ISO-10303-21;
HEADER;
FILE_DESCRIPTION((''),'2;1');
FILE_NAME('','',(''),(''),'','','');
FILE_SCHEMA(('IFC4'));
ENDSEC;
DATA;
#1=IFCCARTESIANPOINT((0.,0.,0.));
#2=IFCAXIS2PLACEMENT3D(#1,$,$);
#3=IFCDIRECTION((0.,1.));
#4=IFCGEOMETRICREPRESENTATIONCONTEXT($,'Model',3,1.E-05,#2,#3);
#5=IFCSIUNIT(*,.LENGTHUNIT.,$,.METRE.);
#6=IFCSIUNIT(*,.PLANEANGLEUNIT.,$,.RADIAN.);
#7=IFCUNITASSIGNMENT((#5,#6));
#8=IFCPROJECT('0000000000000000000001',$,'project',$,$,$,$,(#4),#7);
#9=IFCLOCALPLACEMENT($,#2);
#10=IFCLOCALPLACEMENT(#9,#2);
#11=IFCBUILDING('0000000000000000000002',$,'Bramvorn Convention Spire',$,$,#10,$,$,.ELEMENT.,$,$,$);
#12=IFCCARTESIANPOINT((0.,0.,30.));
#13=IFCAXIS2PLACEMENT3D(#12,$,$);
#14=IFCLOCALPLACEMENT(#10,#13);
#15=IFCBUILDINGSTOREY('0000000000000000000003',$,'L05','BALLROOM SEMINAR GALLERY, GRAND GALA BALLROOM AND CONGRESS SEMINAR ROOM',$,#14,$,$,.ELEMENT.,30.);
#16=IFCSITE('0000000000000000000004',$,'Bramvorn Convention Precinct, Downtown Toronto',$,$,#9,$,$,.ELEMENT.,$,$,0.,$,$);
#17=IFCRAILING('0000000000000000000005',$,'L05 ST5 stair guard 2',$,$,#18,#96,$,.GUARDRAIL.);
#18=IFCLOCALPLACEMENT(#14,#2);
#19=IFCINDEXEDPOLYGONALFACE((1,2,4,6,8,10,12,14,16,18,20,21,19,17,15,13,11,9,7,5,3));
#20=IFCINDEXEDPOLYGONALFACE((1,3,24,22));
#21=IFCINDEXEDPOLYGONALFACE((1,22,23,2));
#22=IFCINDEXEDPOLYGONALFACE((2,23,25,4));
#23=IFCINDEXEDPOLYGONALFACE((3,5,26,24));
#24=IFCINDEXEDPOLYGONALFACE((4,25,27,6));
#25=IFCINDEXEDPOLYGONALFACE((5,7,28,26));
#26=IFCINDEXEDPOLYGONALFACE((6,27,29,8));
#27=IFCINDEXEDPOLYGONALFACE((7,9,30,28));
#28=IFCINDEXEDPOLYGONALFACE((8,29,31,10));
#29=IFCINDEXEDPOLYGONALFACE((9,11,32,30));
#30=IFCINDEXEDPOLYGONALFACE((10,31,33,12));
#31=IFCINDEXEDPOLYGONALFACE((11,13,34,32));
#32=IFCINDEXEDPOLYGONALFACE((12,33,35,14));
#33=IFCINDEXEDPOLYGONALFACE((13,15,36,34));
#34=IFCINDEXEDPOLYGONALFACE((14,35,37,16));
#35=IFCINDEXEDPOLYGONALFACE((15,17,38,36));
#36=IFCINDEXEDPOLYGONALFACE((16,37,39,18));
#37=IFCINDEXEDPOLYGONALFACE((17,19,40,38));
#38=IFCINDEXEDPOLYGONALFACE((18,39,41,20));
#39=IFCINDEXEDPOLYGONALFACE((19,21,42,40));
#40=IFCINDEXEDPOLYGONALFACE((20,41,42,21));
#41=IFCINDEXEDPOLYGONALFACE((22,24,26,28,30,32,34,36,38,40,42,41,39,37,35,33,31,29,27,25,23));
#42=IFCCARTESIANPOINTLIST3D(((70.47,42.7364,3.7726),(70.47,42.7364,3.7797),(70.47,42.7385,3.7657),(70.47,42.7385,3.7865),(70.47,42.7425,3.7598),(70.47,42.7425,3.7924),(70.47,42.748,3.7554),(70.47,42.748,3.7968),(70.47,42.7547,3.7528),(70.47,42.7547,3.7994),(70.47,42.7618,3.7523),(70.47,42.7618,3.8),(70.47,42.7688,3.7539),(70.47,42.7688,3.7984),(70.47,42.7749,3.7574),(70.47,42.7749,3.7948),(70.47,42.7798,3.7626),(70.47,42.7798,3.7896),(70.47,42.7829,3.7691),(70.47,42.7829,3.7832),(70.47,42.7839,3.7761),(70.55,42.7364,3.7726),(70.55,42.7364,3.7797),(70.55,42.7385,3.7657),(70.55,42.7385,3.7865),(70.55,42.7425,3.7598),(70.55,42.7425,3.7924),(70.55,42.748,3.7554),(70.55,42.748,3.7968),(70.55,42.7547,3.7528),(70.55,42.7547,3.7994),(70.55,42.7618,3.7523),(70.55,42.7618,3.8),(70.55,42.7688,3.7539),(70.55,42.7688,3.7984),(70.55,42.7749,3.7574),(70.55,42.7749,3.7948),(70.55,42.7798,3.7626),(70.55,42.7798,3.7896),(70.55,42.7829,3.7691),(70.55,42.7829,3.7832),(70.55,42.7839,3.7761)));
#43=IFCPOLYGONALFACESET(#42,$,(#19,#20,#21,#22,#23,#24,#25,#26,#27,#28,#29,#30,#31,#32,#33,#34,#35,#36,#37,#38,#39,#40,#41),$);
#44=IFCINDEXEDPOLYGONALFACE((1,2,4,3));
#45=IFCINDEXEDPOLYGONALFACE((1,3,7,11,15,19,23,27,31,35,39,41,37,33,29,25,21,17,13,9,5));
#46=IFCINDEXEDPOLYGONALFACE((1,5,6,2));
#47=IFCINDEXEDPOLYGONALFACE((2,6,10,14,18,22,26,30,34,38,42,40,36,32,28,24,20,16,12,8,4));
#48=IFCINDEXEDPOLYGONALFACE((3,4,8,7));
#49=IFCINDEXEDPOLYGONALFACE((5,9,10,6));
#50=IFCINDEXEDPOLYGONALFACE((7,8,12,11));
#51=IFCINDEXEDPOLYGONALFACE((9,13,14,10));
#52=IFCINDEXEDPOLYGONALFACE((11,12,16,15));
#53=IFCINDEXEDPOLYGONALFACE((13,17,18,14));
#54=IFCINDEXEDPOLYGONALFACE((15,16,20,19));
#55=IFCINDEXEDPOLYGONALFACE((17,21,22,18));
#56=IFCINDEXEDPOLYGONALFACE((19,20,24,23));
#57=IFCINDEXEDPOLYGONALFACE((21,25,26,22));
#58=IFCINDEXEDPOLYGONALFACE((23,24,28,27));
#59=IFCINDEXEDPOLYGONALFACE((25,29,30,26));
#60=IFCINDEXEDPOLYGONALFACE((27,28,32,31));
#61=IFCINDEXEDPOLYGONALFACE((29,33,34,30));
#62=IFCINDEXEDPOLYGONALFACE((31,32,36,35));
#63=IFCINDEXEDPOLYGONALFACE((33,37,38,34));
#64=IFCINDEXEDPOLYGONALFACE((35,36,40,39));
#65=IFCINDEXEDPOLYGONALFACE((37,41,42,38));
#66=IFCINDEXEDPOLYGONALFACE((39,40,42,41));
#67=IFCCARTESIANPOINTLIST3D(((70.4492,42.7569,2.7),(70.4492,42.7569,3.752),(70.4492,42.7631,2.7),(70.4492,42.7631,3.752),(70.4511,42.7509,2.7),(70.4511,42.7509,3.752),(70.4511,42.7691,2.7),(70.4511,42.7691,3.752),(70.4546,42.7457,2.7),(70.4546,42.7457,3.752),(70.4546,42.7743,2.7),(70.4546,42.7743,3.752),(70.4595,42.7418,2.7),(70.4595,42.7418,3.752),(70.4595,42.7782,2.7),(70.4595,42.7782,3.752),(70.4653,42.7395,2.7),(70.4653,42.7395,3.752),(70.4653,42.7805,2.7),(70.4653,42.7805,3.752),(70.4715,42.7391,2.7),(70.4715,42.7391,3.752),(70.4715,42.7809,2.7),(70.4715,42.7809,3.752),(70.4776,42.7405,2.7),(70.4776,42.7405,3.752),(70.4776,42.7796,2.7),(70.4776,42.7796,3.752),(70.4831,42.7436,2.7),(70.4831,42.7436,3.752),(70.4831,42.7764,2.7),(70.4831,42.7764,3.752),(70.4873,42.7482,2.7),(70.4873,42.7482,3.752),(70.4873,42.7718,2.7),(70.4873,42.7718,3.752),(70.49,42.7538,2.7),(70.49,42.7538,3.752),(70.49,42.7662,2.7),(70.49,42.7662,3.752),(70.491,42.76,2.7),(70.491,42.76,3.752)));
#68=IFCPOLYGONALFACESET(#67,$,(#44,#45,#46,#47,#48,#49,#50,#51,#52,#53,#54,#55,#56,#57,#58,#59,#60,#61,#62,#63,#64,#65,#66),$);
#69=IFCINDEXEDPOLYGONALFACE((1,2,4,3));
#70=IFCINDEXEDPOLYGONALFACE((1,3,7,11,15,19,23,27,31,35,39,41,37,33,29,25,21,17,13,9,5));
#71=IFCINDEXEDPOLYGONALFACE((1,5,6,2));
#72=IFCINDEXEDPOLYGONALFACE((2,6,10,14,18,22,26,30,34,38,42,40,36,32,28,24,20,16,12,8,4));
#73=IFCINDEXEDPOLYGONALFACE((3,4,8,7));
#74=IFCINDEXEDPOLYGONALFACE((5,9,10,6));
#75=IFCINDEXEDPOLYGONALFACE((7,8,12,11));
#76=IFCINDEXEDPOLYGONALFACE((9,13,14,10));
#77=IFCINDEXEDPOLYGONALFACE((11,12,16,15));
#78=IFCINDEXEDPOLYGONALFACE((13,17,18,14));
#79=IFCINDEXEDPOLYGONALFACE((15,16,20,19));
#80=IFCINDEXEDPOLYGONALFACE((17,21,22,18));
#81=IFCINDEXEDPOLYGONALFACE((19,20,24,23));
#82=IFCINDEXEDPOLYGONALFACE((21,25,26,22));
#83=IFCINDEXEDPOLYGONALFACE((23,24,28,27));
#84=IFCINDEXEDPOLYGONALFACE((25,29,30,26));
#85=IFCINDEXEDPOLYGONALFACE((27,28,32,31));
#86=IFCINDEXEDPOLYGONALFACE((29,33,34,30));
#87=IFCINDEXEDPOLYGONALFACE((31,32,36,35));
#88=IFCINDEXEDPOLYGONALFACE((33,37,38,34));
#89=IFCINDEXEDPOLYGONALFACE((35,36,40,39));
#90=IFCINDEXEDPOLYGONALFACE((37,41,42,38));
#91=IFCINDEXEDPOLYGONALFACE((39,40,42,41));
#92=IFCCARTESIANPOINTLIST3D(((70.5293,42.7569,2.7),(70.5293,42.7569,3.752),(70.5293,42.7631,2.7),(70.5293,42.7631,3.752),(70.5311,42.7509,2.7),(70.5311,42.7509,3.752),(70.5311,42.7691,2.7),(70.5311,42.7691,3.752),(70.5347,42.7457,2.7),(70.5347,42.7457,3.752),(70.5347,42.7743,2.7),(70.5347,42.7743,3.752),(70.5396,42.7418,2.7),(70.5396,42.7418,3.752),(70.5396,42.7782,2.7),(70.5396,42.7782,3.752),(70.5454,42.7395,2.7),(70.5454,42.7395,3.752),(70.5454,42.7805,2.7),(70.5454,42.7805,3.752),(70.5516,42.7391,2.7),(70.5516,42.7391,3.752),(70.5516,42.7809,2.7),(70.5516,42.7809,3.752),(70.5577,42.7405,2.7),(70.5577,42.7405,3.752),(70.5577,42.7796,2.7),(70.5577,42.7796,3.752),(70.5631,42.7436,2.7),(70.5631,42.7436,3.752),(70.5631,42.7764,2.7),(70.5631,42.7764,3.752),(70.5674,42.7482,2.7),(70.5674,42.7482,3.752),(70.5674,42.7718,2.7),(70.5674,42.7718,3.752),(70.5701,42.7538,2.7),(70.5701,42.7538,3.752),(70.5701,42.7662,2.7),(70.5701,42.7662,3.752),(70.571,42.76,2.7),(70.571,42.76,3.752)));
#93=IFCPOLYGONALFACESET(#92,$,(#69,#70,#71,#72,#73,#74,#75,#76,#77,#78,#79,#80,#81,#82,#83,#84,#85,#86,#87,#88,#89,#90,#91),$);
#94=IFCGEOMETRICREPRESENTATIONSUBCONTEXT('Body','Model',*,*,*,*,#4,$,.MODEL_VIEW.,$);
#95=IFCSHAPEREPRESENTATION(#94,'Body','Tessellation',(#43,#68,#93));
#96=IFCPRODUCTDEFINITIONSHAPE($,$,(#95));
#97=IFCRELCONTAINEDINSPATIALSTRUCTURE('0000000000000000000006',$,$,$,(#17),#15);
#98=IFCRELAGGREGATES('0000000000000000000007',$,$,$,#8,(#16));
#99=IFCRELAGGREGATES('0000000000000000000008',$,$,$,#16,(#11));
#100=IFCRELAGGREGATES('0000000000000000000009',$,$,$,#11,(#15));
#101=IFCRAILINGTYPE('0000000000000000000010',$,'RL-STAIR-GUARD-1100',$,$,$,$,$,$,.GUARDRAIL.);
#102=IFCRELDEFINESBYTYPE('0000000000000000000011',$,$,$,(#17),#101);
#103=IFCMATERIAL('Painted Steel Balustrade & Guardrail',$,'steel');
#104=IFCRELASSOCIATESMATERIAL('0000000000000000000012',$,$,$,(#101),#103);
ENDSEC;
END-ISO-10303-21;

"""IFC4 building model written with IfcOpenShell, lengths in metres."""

from ifc_helpers import new_model, si_unit, direction, frame, origin, origin_2d, place, context, subcontext, project, spatial, circle, extrude, material, type_object, element, save


model = new_model("IFC4")

# Units and contexts
model_context = context("Model", 3, precision=1e-05, world=origin(), true_north=direction((0.0, 1.0)))
body_context = subcontext(model_context, "Body", "Model", "MODEL_VIEW")
ifc_project = project(units=[si_unit("LENGTHUNIT", "METRE"), si_unit("PLANEANGLEUNIT", "RADIAN")], contexts=[model_context])

# Site, building, storey
site_placement = place(None, origin())
site = spatial("IfcSite", under=ifc_project, at=site_placement, Name="Bramvorn Convention Precinct, Downtown Toronto", CompositionType="ELEMENT", RefElevation=0.0)
building_placement = place(site_placement, origin())
building = spatial("IfcBuilding", under=site, at=building_placement, Name="Bramvorn Convention Spire", CompositionType="ELEMENT")
storey_placement = place(building_placement, frame((0.0, 0.0, 30.0)))
storey = spatial("IfcBuildingStorey", under=building, at=storey_placement, Name="L05", Description="BALLROOM SEMINAR GALLERY, GRAND GALA BALLROOM AND CONGRESS SEMINAR ROOM", CompositionType="ELEMENT", Elevation=30.0)

# Railing
ifc_material_1 = material(Name="Painted Steel Balustrade & Guardrail", Category="steel")
railing_type_1 = type_object("IfcRailingType", Name="RL-STAIR-GUARD-1100", PredefinedType="GUARDRAIL", material=ifc_material_1)
railing_1_placement = place(storey_placement, frame((70.47, 42.76, 2.7)))
element("IfcRailing", 1, at=railing_1_placement, inside=storey, type_object=railing_type_1, Name="L05 ST5 stair guard 2", PredefinedType="GUARDRAIL", context=body_context, shape_type="SweptSolid", body=[
    extrude(circle(Radius=0.0239, at=origin_2d()), frame((0.0, 0.0, 1.0762), z_axis=(1.0, 0.0, 0.0), x_axis=(0.0, 1.0, 0.0)), (0.0, 0.0, 1.0), 0.0801),
    extrude(circle(Radius=0.021, at=origin_2d()), origin(), (0.0, 0.0, 1.0), 1.052),
    extrude(circle(Radius=0.021, at=origin_2d()), frame((0.0801, 0.0, 0.0)), (0.0, 0.0, 1.0), 1.052),
])

save(model, "model.ifc")
